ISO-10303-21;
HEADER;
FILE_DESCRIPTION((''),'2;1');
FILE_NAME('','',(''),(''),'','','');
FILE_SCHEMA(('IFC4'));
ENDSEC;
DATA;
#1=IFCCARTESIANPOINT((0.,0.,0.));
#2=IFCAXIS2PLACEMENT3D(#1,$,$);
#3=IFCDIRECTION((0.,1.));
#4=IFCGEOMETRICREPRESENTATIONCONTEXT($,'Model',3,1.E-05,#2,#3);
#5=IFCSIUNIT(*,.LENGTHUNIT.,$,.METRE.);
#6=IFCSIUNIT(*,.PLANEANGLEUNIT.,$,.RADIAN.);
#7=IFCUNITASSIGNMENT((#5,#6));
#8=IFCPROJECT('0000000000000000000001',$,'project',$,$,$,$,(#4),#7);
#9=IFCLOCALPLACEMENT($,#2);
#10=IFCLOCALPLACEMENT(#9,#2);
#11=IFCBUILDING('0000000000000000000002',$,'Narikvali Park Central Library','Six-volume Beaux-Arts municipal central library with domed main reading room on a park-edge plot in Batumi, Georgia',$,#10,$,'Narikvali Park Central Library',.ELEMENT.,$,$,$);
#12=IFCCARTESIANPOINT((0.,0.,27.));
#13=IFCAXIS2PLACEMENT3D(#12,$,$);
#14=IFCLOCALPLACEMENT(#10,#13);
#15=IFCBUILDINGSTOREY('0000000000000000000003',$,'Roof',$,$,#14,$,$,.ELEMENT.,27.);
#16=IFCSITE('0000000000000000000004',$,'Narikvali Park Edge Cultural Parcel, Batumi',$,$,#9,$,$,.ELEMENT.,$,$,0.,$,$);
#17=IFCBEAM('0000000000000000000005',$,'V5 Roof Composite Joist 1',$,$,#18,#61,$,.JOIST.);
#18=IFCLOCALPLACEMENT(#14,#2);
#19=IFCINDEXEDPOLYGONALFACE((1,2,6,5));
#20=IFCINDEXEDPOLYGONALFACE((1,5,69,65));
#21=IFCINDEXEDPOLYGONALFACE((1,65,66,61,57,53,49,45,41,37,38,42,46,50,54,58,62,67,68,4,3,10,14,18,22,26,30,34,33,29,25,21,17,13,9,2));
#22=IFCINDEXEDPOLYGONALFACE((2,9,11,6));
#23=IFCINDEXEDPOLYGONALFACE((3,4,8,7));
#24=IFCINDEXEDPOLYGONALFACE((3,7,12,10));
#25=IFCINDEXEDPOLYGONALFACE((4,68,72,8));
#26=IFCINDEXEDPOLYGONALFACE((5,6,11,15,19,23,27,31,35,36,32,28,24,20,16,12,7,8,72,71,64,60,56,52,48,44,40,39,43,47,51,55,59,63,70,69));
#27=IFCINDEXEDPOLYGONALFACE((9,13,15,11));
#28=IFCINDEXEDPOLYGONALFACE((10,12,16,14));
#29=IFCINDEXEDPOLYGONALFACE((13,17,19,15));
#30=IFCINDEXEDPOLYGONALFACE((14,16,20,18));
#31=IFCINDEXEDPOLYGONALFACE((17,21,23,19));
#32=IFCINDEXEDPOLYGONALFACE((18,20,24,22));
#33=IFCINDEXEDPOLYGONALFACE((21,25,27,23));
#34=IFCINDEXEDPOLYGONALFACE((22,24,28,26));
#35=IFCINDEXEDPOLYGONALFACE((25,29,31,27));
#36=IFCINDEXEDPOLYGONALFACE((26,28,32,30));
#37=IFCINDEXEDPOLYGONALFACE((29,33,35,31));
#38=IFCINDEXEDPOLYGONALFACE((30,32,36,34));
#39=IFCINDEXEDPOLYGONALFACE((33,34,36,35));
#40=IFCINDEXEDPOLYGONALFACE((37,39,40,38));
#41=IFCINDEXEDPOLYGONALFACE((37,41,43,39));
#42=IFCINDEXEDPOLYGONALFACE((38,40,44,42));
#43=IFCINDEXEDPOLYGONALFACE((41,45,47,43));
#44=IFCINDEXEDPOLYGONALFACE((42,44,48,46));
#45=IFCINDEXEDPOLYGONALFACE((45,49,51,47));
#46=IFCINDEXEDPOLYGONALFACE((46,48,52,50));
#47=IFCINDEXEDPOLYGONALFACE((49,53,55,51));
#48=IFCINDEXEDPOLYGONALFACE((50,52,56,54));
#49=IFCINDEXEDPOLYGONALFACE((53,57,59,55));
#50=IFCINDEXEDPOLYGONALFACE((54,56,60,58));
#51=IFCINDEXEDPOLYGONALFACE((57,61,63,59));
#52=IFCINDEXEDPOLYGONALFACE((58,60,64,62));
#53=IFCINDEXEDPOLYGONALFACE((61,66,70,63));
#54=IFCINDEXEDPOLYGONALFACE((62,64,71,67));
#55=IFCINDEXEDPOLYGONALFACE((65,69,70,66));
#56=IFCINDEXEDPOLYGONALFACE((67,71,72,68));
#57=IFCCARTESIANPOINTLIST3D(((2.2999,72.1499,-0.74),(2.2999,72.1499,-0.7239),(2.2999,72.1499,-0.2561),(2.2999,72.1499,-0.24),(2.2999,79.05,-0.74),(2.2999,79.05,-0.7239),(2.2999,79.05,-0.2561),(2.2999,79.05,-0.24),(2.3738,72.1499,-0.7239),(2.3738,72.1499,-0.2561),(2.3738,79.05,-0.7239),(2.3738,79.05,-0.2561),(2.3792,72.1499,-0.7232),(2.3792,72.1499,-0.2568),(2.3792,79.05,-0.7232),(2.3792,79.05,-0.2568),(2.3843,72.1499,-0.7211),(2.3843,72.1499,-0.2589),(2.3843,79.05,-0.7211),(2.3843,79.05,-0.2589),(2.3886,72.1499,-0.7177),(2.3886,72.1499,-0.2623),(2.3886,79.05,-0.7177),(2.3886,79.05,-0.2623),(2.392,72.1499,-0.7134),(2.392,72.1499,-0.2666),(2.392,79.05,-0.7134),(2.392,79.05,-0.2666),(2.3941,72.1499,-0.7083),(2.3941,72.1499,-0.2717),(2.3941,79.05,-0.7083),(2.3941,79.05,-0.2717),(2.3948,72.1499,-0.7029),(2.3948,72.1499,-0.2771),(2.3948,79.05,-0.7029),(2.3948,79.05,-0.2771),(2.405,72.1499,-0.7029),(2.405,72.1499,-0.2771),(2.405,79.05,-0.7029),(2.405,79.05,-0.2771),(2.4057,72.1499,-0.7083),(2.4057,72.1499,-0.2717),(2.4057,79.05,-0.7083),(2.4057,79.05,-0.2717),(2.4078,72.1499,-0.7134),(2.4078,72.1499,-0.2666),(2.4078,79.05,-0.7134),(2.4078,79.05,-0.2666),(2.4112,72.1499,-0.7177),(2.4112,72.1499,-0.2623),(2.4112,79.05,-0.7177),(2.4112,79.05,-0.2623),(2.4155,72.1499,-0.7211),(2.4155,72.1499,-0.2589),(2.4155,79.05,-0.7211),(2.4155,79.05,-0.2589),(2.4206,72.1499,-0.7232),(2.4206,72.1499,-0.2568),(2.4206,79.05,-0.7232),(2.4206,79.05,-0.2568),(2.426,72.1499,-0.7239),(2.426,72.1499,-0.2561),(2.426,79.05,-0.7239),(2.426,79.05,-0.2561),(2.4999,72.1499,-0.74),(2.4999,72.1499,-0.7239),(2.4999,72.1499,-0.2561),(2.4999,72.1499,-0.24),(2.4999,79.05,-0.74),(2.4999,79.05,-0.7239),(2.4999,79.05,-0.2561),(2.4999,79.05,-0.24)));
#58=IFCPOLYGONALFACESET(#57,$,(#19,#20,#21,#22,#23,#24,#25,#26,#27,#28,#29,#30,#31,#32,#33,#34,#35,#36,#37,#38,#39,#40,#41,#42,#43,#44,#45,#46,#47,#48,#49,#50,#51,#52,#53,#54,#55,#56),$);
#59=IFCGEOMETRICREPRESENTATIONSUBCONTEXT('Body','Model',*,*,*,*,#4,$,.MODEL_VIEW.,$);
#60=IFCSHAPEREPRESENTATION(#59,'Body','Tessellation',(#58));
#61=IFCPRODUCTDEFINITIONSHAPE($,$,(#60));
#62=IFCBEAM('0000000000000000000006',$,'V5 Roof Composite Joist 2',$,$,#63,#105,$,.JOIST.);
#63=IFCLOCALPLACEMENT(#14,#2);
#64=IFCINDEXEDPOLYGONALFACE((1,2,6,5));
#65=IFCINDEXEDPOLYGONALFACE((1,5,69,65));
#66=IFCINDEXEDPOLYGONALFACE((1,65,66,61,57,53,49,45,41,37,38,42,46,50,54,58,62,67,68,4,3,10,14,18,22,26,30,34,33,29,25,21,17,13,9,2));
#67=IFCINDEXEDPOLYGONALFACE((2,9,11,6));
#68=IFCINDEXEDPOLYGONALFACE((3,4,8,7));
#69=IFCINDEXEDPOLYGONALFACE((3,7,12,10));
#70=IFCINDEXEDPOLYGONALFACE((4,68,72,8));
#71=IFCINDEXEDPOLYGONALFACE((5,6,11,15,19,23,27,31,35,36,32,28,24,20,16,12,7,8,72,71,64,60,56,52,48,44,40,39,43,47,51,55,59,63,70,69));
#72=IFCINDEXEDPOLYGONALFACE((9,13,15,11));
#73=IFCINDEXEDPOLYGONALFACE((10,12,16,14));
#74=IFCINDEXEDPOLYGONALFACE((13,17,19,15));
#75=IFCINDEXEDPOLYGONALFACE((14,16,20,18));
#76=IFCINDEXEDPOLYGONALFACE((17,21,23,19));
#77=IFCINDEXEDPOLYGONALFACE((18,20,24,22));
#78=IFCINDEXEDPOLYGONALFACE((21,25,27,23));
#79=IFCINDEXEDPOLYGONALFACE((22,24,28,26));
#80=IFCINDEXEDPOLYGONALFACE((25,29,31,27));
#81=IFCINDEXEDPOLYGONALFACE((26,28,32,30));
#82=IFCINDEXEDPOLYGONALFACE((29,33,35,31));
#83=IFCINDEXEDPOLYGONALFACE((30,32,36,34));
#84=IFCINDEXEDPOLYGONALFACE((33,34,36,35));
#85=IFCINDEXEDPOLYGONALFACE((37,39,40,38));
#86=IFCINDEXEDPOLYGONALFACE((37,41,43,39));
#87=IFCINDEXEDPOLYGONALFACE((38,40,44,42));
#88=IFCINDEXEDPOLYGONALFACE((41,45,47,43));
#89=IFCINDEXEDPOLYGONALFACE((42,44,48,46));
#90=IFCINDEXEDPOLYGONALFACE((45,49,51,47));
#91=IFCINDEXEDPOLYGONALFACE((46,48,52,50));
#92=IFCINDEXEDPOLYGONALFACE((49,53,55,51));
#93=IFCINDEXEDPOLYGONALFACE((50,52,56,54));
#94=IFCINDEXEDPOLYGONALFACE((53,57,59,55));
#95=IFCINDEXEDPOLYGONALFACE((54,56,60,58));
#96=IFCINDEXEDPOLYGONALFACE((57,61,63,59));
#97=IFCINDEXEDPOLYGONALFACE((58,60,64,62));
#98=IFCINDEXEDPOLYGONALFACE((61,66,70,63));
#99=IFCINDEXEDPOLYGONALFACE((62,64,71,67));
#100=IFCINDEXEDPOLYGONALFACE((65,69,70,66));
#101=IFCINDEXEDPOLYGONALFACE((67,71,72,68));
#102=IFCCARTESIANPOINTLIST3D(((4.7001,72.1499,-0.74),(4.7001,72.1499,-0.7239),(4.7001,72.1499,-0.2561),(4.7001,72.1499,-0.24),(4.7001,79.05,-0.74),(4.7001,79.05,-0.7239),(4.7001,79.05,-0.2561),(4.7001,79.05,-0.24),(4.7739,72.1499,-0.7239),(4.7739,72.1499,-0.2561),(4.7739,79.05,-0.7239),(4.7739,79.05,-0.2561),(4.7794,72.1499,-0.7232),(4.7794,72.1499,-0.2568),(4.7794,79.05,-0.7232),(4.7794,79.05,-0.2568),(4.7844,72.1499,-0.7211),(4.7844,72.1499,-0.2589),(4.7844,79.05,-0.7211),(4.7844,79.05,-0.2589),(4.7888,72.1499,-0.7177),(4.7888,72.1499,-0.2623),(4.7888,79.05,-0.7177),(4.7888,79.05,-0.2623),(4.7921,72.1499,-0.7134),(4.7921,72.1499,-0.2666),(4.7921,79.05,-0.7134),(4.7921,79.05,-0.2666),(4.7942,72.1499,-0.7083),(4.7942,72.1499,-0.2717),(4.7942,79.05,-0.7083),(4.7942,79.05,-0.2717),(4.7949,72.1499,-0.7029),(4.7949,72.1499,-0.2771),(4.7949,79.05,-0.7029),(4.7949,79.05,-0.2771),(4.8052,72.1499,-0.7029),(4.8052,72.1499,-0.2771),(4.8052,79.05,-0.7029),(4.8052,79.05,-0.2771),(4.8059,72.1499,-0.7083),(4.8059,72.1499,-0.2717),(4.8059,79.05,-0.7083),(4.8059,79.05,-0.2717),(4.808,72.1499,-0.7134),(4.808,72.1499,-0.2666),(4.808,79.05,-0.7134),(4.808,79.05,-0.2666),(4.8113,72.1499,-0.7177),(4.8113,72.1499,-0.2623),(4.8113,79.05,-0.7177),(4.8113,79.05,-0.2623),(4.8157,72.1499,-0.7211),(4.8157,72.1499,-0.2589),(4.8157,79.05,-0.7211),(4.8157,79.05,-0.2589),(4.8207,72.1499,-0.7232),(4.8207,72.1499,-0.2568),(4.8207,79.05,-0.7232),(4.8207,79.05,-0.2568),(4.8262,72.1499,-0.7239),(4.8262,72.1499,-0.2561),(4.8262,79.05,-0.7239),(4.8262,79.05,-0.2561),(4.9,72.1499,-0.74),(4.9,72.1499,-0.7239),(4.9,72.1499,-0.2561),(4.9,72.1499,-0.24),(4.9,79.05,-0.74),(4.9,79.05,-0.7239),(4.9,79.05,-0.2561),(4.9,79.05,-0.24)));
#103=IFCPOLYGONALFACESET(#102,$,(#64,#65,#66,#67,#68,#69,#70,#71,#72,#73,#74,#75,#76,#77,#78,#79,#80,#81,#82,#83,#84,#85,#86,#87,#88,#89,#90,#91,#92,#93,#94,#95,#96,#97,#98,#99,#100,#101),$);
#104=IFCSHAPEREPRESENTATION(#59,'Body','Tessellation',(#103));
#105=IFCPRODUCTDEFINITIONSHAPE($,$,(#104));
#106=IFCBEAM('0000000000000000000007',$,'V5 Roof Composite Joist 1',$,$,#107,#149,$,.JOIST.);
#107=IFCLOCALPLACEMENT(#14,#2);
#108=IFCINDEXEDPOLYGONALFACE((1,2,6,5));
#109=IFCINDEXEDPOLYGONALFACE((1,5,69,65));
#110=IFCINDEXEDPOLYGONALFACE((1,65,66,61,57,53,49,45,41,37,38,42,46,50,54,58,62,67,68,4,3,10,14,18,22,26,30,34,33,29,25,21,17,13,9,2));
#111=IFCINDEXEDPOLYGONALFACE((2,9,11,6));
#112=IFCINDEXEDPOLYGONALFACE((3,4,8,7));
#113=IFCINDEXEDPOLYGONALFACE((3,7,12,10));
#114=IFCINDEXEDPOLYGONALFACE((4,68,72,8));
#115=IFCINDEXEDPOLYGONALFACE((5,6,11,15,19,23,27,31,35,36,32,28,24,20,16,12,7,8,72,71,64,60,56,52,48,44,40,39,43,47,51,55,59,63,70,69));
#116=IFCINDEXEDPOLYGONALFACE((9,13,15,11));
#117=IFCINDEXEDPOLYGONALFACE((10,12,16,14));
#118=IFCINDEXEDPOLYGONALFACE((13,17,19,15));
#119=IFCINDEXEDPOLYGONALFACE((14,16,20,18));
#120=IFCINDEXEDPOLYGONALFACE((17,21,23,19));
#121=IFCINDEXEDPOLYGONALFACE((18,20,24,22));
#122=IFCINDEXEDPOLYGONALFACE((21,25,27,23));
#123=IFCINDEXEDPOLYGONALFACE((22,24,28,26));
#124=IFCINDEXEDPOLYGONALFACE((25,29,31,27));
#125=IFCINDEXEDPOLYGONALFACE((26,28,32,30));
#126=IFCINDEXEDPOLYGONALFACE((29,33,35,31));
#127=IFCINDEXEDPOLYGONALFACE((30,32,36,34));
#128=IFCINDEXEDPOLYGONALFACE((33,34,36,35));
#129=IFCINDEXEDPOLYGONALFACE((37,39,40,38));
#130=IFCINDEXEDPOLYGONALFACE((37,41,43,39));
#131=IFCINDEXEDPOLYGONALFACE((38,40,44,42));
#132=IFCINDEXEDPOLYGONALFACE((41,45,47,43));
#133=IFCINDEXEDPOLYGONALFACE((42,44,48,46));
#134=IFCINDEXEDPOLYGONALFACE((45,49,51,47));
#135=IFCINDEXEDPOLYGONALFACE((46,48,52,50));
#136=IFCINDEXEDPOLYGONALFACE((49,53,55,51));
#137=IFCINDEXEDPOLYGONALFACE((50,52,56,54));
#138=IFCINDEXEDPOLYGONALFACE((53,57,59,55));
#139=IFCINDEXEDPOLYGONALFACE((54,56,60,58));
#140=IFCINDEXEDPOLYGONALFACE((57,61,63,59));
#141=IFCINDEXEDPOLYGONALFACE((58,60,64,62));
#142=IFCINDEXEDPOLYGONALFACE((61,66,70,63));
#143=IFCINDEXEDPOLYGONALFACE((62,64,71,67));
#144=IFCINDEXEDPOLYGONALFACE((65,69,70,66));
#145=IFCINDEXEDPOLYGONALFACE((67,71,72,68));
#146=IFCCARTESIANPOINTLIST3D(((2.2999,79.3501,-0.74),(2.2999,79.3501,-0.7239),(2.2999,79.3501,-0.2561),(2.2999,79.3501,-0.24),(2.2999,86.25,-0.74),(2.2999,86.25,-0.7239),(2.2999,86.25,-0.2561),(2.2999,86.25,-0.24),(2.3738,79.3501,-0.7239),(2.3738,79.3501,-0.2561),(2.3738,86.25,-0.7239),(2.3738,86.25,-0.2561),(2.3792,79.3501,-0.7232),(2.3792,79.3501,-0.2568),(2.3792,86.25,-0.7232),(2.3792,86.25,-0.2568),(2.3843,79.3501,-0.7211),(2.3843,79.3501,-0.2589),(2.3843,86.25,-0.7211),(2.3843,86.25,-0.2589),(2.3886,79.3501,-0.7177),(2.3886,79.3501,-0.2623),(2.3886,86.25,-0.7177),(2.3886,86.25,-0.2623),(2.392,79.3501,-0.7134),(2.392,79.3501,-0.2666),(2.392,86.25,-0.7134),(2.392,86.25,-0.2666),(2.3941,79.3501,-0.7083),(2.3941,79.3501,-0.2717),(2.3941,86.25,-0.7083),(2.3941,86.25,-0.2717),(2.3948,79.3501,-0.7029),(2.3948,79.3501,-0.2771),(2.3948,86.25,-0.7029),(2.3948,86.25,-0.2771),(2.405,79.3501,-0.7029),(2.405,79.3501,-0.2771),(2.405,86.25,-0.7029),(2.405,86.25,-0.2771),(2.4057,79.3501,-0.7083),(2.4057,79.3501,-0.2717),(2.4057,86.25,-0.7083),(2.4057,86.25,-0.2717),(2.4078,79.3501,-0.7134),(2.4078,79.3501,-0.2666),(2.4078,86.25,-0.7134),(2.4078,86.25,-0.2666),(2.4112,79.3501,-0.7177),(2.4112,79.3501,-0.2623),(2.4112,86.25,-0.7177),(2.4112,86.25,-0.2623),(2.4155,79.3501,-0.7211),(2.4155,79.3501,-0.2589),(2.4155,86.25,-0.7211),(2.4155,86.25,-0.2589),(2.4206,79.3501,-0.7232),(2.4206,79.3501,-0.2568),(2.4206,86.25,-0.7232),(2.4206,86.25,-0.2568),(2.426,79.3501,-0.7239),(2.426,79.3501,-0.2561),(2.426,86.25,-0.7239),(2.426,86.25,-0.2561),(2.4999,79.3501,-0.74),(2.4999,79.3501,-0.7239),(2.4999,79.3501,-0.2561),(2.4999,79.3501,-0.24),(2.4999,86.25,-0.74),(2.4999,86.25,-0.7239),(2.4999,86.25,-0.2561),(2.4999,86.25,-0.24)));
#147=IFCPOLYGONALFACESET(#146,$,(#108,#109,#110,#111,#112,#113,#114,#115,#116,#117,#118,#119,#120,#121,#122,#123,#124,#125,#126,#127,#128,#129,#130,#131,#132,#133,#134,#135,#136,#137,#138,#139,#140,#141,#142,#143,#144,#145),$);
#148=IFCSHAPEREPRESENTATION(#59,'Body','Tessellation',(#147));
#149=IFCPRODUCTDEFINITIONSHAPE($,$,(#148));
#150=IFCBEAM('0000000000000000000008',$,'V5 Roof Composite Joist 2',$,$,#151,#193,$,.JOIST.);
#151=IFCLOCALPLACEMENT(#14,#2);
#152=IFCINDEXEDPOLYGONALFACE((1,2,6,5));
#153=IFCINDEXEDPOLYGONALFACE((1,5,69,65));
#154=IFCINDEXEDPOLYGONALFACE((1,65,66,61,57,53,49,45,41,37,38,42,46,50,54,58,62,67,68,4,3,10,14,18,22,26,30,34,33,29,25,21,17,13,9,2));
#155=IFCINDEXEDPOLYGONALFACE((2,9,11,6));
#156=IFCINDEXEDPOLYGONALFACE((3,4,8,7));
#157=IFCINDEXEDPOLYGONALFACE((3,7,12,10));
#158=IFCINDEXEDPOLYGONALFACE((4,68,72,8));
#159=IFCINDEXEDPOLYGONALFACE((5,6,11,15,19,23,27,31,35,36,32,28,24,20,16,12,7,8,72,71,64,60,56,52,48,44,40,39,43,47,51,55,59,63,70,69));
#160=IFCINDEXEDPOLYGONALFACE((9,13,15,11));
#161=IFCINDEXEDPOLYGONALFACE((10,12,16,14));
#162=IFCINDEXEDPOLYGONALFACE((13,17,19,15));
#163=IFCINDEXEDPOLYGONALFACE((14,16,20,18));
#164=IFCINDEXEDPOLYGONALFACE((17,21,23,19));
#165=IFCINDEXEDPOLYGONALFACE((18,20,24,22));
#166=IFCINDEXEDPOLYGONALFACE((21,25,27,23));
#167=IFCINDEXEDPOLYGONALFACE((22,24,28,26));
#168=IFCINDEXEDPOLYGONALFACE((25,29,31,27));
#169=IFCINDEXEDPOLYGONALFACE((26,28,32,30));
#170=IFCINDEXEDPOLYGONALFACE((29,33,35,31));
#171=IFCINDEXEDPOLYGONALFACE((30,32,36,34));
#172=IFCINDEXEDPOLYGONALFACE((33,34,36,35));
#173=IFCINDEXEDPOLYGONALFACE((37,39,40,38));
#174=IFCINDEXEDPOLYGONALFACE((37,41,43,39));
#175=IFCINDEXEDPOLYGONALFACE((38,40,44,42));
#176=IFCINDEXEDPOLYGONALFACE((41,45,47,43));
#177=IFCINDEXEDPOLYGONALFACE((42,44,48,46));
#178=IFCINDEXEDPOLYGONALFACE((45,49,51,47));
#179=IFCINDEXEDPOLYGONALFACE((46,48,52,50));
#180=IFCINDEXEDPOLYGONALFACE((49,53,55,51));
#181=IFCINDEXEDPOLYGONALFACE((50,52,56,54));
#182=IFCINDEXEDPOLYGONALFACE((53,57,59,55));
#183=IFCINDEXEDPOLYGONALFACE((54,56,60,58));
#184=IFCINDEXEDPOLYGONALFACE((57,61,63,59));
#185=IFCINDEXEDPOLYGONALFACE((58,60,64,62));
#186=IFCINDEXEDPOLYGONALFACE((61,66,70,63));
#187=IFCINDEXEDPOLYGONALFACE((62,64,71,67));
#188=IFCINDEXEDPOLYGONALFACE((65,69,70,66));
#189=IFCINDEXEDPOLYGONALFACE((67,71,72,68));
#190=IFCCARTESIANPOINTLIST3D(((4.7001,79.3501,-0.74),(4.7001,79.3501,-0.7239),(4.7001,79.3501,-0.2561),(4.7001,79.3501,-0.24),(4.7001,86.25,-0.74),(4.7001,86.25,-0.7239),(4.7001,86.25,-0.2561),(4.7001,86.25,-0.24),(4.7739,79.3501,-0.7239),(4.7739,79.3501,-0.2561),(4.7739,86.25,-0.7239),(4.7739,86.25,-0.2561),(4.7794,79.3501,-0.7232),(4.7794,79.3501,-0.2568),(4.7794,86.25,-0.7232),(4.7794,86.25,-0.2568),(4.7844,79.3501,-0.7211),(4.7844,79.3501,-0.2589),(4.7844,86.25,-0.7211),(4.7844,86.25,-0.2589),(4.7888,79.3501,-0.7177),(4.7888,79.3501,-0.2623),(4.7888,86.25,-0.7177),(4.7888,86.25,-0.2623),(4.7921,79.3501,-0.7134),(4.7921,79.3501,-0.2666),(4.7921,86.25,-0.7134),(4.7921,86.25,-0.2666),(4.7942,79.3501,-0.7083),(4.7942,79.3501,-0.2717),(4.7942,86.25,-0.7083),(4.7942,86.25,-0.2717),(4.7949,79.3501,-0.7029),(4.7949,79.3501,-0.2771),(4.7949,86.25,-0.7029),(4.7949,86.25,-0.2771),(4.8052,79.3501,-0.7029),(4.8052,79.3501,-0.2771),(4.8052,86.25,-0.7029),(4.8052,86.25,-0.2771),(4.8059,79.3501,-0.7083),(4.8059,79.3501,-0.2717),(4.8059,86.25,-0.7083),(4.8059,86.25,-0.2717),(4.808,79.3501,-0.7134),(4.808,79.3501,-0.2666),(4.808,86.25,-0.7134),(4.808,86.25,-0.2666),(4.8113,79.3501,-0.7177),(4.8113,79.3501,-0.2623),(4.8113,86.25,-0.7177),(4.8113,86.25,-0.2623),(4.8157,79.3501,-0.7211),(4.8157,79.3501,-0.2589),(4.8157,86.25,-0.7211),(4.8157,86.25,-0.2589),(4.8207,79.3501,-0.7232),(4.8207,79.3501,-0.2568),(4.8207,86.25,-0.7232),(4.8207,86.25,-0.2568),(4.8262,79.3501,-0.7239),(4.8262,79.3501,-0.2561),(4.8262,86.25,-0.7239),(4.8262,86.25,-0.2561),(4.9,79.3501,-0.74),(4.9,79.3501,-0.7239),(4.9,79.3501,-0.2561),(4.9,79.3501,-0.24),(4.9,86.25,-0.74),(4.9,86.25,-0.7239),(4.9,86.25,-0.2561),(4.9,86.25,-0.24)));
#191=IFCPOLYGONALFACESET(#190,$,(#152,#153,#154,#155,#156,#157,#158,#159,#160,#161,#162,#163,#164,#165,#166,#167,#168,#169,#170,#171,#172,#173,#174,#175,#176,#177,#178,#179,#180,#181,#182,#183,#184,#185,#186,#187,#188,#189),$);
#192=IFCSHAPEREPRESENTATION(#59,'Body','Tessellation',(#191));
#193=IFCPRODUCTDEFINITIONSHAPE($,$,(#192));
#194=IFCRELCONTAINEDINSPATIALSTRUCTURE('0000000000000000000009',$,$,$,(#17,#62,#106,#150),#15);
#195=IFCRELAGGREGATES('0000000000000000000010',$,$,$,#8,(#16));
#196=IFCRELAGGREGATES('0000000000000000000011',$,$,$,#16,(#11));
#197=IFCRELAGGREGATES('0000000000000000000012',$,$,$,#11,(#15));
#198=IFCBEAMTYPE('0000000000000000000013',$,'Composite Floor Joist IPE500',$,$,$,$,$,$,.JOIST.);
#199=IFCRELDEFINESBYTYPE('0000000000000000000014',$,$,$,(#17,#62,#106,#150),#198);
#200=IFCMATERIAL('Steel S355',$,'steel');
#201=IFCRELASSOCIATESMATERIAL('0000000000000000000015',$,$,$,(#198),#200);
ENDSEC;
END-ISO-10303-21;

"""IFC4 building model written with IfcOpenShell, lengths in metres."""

from ifc_helpers import new_model, si_unit, direction, frame, origin, origin_2d, place, context, subcontext, project, spatial, i_section, extrude, material, material_profile, profile_set, type_object, element, save


model = new_model("IFC4")

# Units and contexts
model_context = context("Model", 3, precision=1e-05, world=origin(), true_north=direction((0.0, 1.0)))
body_context = subcontext(model_context, "Body", "Model", "MODEL_VIEW")
ifc_project = project(units=[si_unit("LENGTHUNIT", "METRE"), si_unit("PLANEANGLEUNIT", "RADIAN")], contexts=[model_context])

# Site, building, storey
site_placement = place(None, origin())
site = spatial("IfcSite", under=ifc_project, at=site_placement, Name="Narikvali Park Edge Cultural Parcel, Batumi", CompositionType="ELEMENT", RefElevation=0.0)
building_placement = place(site_placement, origin())
building = spatial("IfcBuilding", under=site, at=building_placement, Name="Narikvali Park Central Library", Description="Six-volume Beaux-Arts municipal central library with domed main reading room on a park-edge plot in Batumi, Georgia", LongName="Narikvali Park Central Library", CompositionType="ELEMENT")
storey_placement = place(building_placement, frame((0.0, 0.0, 27.0)))
storey = spatial("IfcBuildingStorey", under=building, at=storey_placement, Name="Roof", CompositionType="ELEMENT", Elevation=27.0)

# Beams
ifc_material = material(Name="Steel S355", Category="steel")
ifc_material_profile_1 = material_profile(ifc_material, i_section(OverallWidth=0.2, OverallDepth=0.5, WebThickness=0.0103, FlangeThickness=0.0161, FilletRadius=0.021, at=origin_2d()), Name="IPE 500")
ifc_profile_set_1 = profile_set([ifc_material_profile_1], Name="Steel S355")
beam_type_1 = type_object("IfcBeamType", Name="Composite Floor Joist IPE500", PredefinedType="JOIST", material=ifc_profile_set_1)
for number, where, z_axis, x_axis, name in (
    (1, (2.3999, 72.1499, -0.49), (0.0, 1.0, 0.0), (-1.0, 0.0, 0.0), "V5 Roof Composite Joist 1"),
    (2, (4.8, 72.1499, -0.49), (0.0, 1.0, 0.0), (-1.0, 0.0, 0.0), "V5 Roof Composite Joist 2"),
):
    element("IfcBeam", number, at=place(storey_placement, frame(where, z_axis=z_axis, x_axis=x_axis)), inside=storey, type_object=beam_type_1, Name=name, PredefinedType="JOIST", context=body_context, shape_type="SweptSolid", body=[
        extrude(i_section(OverallWidth=0.2, OverallDepth=0.5, WebThickness=0.0103, FlangeThickness=0.0161, FilletRadius=0.021, at=origin_2d()), origin(), (0.0, 0.0, 1.0), 6.9001),
    ])
for number, where, z_axis, x_axis, name in (
    (3, (2.3999, 79.3501, -0.49), (0.0, 1.0, 0.0), (-1.0, 0.0, 0.0), "V5 Roof Composite Joist 1"),
    (4, (4.8, 79.3501, -0.49), (0.0, 1.0, 0.0), (-1.0, 0.0, 0.0), "V5 Roof Composite Joist 2"),
):
    element("IfcBeam", number, at=place(storey_placement, frame(where, z_axis=z_axis, x_axis=x_axis)), inside=storey, type_object=beam_type_1, Name=name, PredefinedType="JOIST", context=body_context, shape_type="SweptSolid", body=[
        extrude(i_section(OverallWidth=0.2, OverallDepth=0.5, WebThickness=0.0103, FlangeThickness=0.0161, FilletRadius=0.021, at=origin_2d()), origin(), (0.0, 0.0, 1.0), 6.8999),
    ])

save(model, "model.ifc")
